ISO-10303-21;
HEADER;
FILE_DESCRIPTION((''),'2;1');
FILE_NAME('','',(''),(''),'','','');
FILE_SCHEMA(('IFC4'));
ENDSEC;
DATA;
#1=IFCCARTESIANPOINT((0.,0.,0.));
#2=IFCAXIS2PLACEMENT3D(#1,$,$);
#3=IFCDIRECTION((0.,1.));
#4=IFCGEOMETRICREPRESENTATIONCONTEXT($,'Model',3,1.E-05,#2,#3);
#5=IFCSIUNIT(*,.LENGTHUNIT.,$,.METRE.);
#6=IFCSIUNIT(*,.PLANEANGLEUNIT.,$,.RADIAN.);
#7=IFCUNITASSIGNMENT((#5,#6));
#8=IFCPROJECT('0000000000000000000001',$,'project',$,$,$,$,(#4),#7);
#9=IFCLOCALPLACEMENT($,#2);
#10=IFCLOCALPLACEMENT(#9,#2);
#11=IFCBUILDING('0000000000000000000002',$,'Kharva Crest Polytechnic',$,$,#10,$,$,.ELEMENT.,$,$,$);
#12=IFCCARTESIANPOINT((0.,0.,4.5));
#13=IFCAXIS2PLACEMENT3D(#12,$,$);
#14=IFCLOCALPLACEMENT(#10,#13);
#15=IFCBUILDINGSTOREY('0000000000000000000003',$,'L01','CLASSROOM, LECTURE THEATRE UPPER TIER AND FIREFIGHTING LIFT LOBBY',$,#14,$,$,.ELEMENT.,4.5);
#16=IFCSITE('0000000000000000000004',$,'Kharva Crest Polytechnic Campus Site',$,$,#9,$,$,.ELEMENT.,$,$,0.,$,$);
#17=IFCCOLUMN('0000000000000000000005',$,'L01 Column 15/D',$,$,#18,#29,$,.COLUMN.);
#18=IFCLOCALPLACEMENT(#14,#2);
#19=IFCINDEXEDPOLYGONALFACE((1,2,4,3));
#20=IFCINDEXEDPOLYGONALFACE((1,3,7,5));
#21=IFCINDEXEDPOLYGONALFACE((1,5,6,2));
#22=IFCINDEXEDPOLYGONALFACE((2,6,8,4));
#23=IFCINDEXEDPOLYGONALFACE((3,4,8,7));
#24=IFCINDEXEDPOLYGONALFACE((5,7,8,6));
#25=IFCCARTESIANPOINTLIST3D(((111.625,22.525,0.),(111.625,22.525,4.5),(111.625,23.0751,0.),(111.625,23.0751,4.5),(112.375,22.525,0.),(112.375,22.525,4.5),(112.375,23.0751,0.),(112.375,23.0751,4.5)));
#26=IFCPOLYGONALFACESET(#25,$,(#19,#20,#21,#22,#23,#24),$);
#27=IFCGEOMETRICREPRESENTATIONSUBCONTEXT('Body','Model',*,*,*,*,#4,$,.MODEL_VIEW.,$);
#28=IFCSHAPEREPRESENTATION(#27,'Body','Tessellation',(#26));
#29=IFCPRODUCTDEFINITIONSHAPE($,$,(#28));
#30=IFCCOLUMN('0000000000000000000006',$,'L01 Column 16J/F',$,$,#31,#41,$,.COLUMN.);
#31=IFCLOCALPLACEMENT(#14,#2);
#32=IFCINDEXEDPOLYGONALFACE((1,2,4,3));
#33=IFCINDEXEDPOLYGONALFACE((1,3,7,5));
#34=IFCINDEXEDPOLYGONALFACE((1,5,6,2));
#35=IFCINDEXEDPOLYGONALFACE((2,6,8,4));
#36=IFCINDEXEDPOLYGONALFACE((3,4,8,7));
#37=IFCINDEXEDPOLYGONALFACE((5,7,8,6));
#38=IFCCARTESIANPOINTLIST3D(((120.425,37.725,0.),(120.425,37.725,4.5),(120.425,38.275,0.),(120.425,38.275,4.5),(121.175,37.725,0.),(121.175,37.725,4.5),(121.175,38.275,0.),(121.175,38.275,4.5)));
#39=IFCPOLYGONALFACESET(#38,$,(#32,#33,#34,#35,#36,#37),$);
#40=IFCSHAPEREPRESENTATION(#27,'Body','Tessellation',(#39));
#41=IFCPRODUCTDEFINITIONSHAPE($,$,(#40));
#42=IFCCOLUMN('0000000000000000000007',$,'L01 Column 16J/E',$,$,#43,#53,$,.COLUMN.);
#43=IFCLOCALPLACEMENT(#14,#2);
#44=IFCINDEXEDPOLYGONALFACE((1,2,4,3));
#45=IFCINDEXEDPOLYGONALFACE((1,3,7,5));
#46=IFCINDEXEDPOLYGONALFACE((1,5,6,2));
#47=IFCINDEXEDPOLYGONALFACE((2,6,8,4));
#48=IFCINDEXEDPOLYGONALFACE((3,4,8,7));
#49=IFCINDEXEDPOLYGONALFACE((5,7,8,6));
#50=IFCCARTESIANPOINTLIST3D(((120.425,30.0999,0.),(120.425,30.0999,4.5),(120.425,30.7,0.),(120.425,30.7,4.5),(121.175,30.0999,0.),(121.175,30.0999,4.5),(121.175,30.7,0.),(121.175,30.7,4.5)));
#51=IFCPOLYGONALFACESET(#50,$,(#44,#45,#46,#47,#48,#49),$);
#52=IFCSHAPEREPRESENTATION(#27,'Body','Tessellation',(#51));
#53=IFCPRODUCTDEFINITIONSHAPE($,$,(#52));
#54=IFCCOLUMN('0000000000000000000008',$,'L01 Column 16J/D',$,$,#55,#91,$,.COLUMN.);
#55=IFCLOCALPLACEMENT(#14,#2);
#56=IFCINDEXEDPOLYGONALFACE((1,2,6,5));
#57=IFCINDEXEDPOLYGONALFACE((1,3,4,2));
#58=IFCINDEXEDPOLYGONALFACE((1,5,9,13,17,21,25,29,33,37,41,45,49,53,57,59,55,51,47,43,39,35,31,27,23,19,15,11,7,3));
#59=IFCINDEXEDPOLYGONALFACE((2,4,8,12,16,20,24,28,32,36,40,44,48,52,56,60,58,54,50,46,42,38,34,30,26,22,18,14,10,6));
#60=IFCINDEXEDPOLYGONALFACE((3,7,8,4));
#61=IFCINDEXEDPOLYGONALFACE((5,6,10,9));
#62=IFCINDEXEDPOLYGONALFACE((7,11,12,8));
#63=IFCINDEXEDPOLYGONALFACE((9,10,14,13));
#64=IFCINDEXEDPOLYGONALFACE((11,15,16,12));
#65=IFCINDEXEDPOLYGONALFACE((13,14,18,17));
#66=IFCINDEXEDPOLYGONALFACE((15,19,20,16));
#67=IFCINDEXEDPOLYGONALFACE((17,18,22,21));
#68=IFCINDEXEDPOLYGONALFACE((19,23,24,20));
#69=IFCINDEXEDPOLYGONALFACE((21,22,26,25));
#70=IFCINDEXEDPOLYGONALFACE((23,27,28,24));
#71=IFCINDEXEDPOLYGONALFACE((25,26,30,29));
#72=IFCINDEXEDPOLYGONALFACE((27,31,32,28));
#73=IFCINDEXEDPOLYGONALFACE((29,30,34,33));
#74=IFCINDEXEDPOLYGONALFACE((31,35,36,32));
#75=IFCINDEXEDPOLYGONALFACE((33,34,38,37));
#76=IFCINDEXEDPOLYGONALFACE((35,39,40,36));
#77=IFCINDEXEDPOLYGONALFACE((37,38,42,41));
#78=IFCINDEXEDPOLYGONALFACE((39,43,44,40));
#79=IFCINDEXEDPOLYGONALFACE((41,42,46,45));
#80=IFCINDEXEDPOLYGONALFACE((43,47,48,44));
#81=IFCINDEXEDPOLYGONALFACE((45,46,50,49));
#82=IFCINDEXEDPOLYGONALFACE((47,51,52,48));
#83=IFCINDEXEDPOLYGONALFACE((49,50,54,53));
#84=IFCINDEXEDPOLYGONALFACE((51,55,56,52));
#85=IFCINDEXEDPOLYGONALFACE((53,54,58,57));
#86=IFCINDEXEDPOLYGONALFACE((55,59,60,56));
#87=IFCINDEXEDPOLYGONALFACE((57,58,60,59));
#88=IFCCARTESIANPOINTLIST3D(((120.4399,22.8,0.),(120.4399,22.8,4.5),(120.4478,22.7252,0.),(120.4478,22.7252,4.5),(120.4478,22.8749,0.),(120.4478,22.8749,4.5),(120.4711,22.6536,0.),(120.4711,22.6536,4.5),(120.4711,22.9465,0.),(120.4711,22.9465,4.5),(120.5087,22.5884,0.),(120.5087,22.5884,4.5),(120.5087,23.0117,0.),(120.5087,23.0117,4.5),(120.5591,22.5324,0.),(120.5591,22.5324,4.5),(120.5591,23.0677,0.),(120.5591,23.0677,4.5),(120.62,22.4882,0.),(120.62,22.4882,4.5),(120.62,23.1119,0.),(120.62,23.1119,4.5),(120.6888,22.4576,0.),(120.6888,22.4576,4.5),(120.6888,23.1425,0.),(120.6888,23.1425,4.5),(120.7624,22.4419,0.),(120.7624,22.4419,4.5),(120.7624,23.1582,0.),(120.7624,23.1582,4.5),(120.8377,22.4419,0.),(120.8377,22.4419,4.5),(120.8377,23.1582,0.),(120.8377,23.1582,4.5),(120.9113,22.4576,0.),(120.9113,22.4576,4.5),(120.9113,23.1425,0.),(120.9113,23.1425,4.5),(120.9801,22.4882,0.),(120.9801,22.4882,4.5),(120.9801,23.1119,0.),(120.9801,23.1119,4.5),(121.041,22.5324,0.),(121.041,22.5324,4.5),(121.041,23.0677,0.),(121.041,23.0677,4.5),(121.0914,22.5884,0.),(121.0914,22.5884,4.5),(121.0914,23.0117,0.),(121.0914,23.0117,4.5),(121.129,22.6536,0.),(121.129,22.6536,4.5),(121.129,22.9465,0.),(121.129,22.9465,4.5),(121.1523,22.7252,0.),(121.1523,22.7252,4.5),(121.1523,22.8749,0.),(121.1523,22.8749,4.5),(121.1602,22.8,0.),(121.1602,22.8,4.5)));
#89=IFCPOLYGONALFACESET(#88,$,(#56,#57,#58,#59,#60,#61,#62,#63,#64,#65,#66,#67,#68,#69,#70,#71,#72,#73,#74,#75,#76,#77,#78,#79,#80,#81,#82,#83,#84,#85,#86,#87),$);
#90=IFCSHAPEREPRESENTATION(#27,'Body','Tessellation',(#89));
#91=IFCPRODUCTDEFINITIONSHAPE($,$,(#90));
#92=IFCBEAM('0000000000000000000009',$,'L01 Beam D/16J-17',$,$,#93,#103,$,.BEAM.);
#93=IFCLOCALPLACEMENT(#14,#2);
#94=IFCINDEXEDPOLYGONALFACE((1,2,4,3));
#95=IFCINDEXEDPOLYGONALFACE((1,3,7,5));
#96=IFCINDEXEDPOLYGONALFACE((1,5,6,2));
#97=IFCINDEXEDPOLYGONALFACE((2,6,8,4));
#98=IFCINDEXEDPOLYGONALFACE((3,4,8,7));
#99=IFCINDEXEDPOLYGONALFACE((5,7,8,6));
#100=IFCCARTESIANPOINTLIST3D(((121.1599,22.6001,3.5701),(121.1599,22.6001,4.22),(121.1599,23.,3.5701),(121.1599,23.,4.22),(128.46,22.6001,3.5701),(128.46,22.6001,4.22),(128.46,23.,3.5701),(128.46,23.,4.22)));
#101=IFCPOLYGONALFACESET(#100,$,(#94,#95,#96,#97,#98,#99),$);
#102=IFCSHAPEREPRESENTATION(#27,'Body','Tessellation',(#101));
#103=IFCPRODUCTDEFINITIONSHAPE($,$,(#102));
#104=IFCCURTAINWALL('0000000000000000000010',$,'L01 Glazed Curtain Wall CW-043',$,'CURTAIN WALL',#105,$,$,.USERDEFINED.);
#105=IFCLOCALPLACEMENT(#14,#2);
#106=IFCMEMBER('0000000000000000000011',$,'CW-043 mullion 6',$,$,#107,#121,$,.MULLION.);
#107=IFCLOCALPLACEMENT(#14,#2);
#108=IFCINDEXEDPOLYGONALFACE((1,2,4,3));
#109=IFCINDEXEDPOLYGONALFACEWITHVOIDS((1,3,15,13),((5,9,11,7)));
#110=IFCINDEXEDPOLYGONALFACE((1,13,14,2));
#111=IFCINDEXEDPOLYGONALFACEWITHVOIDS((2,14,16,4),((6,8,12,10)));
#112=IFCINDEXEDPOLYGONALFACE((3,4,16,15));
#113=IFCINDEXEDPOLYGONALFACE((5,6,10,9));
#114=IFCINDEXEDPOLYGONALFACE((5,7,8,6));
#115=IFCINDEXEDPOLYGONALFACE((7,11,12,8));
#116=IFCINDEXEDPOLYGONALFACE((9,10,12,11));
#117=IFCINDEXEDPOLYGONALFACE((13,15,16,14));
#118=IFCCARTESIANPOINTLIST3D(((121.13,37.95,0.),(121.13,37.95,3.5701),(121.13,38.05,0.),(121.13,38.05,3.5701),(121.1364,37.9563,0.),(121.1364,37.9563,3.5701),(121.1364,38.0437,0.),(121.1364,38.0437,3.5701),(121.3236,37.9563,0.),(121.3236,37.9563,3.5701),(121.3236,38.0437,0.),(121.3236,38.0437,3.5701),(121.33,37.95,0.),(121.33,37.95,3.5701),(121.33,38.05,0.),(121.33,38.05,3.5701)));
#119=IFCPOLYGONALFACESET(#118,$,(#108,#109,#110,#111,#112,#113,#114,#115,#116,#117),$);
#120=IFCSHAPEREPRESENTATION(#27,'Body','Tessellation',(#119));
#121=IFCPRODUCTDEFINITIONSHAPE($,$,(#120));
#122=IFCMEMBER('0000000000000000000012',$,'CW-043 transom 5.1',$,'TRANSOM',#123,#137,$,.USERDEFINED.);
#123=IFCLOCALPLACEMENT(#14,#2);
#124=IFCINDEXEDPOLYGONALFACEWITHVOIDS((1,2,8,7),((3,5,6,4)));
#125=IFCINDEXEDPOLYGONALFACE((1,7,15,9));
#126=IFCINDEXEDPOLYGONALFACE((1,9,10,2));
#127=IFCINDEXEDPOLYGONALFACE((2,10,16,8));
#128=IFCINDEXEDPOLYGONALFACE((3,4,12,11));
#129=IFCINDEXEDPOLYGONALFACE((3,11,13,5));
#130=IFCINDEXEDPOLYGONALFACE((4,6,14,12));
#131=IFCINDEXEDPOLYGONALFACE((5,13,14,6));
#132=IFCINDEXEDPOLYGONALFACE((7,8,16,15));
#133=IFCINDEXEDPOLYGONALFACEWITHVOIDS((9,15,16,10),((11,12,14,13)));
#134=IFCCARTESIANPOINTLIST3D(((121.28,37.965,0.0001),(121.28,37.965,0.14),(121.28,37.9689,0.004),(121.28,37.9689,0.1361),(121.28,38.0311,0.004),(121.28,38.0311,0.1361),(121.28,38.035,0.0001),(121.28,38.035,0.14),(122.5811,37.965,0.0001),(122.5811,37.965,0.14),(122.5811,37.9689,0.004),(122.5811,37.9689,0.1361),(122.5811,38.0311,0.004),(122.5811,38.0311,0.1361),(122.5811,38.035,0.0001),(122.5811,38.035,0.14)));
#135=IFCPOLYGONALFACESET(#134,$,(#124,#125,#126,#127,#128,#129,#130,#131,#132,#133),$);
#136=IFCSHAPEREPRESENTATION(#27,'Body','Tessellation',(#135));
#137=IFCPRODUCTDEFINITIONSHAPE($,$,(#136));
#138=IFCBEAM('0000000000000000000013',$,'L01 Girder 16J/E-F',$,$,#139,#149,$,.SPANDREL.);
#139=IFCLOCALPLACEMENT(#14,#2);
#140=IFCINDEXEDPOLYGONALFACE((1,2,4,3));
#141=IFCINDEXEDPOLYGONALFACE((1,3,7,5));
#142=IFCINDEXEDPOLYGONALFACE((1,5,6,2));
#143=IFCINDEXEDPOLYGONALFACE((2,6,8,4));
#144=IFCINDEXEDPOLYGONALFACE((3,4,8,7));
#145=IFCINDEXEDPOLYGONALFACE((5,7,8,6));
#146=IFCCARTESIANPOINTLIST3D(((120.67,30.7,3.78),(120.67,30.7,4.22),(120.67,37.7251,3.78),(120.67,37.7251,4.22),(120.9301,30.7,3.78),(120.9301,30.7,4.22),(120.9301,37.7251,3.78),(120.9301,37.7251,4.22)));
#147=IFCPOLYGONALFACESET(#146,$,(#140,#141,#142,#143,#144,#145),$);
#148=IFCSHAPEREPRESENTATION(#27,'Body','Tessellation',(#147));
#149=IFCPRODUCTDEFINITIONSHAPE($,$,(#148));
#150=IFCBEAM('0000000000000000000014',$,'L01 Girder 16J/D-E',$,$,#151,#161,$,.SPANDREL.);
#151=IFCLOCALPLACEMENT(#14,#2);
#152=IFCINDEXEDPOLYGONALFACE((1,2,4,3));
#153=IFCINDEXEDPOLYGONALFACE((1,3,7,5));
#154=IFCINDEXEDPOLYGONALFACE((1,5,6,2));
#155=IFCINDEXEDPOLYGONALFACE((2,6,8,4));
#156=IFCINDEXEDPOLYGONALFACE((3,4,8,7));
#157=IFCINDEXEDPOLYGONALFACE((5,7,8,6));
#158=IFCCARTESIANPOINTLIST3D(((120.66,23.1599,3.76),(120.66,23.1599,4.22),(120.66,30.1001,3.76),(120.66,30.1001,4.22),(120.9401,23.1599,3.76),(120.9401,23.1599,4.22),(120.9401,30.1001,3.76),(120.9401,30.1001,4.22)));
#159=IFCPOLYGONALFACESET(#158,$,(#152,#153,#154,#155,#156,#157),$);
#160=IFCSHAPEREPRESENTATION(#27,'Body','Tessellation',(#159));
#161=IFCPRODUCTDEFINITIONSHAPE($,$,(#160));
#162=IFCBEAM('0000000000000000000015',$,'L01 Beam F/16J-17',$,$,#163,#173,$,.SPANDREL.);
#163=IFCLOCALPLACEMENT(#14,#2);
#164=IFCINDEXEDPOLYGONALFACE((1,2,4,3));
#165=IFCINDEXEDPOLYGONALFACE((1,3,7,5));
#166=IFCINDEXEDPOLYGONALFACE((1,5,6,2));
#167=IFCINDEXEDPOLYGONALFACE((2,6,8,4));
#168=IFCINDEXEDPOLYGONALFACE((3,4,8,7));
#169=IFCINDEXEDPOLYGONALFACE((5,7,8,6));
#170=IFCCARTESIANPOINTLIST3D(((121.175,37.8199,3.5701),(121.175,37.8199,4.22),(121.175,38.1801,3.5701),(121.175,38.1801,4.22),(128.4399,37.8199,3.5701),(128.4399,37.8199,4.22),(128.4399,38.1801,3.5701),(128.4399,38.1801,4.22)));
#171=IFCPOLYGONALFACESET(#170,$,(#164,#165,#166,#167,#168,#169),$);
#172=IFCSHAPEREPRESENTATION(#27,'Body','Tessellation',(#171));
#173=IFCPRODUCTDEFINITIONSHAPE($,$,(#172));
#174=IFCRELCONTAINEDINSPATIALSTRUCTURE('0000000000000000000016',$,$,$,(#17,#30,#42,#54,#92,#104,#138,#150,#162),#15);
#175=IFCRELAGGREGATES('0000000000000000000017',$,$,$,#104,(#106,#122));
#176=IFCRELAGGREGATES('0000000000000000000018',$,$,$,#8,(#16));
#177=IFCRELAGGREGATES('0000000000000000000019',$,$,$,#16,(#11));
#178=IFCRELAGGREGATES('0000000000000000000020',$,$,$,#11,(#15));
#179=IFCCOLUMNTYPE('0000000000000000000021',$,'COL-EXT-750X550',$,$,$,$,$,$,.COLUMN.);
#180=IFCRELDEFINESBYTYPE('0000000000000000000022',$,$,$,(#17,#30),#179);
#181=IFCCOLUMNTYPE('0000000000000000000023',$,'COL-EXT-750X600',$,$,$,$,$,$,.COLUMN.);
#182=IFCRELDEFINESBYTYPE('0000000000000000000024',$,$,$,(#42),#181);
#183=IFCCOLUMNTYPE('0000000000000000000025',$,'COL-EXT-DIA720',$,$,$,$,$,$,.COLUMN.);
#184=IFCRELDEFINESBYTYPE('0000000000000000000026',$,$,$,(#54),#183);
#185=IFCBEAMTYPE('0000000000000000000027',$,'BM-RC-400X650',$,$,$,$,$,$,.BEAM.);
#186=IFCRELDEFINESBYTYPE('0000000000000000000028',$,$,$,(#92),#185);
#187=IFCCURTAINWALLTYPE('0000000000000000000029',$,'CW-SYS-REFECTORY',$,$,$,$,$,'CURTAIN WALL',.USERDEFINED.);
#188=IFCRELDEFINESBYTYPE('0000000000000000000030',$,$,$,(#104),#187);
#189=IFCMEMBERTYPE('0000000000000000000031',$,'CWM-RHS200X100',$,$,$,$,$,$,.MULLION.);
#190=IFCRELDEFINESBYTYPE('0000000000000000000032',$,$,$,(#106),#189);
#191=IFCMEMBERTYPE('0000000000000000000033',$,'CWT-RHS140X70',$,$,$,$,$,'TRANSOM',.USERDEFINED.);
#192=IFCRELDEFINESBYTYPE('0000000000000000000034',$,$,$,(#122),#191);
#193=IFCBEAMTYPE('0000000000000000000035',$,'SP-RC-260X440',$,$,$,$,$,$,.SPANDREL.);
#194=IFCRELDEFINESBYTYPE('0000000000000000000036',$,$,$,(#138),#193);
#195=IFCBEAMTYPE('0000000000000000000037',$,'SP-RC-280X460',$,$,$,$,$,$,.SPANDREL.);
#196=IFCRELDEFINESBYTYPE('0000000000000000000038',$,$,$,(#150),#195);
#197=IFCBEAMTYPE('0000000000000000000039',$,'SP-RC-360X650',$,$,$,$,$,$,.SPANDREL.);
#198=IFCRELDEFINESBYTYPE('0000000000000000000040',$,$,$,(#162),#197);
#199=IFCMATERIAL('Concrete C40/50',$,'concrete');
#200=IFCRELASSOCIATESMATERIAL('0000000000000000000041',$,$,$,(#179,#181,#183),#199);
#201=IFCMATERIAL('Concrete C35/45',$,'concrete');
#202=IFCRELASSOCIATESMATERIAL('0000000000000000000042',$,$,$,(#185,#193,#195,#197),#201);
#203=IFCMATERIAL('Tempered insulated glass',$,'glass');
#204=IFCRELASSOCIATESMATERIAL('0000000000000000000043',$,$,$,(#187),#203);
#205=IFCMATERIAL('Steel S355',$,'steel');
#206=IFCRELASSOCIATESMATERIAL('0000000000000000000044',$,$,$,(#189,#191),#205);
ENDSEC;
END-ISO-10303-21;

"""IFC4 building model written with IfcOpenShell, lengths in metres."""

from ifc_helpers import new_model, si_unit, direction, frame, origin, origin_2d, place, context, subcontext, project, spatial, rectangle, hollow_rectangle, circle, extrude, material, material_profile, profile_set, type_object, element, aggregate, save


model = new_model("IFC4")

# Units and contexts
model_context = context("Model", 3, precision=1e-05, world=origin(), true_north=direction((0.0, 1.0)))
body_context = subcontext(model_context, "Body", "Model", "MODEL_VIEW")
ifc_project = project(units=[si_unit("LENGTHUNIT", "METRE"), si_unit("PLANEANGLEUNIT", "RADIAN")], contexts=[model_context])

# Site, building, storey
site_placement = place(None, origin())
site = spatial("IfcSite", under=ifc_project, at=site_placement, Name="Kharva Crest Polytechnic Campus Site", CompositionType="ELEMENT", RefElevation=0.0)
building_placement = place(site_placement, origin())
building = spatial("IfcBuilding", under=site, at=building_placement, Name="Kharva Crest Polytechnic", CompositionType="ELEMENT")
storey_placement = place(building_placement, frame((0.0, 0.0, 4.5)))
storey = spatial("IfcBuildingStorey", under=building, at=storey_placement, Name="L01", Description="CLASSROOM, LECTURE THEATRE UPPER TIER AND FIREFIGHTING LIFT LOBBY", CompositionType="ELEMENT", Elevation=4.5)

# Columns
ifc_material_1 = material(Name="Concrete C40/50", Category="concrete")
ifc_material_profile_1 = material_profile(ifc_material_1, rectangle(XDim=0.75, YDim=0.55, at=origin_2d()), Name="RECT 750 X 550")
ifc_profile_set_1 = profile_set([ifc_material_profile_1], Name="Concrete C40/50")
column_type_1 = type_object("IfcColumnType", Name="COL-EXT-750X550", PredefinedType="COLUMN", material=ifc_profile_set_1)
for number, where, z_axis, x_axis, name in (
    (1, (112.0, 22.8, 0.0), (0.0, 0.0, 1.0), (1.0, 0.0, 0.0), "L01 Column 15/D"),
    (2, (120.8, 38.0, 0.0), (0.0, 0.0, 1.0), (1.0, 0.0, 0.0), "L01 Column 16J/F"),
):
    element("IfcColumn", number, at=place(storey_placement, frame(where, z_axis=z_axis, x_axis=x_axis)), inside=storey, type_object=column_type_1, Name=name, PredefinedType="COLUMN", context=body_context, shape_type="SweptSolid", body=[
        extrude(rectangle(XDim=0.75, YDim=0.55, at=origin_2d()), origin(), (0.0, 0.0, 1.0), 4.5),
    ])
ifc_material_profile_2 = material_profile(ifc_material_1, rectangle(XDim=0.75, YDim=0.6001, at=origin_2d()), Name="RECT 750 X 600")
ifc_profile_set_2 = profile_set([ifc_material_profile_2], Name="Concrete C40/50")
column_type_2 = type_object("IfcColumnType", Name="COL-EXT-750X600", PredefinedType="COLUMN", material=ifc_profile_set_2)
column_1_placement = place(storey_placement, frame((120.8, 30.3999, 0.0), z_axis=(0.0, 0.0, 1.0), x_axis=(1.0, 0.0, 0.0)))
element("IfcColumn", 3, at=column_1_placement, inside=storey, type_object=column_type_2, Name="L01 Column 16J/E", PredefinedType="COLUMN", context=body_context, shape_type="SweptSolid", body=[
    extrude(rectangle(XDim=0.75, YDim=0.6001, at=origin_2d()), origin(), (0.0, 0.0, 1.0), 4.5),
])
ifc_material_profile_3 = material_profile(ifc_material_1, circle(Radius=0.3601, at=origin_2d()), Name="DIA 720")
ifc_profile_set_3 = profile_set([ifc_material_profile_3], Name="Concrete C40/50")
column_type_3 = type_object("IfcColumnType", Name="COL-EXT-DIA720", PredefinedType="COLUMN", material=ifc_profile_set_3)
column_2_placement = place(storey_placement, frame((120.8, 22.8, 0.0), z_axis=(0.0, 0.0, 1.0), x_axis=(1.0, 0.0, 0.0)))
element("IfcColumn", 4, at=column_2_placement, inside=storey, type_object=column_type_3, Name="L01 Column 16J/D", PredefinedType="COLUMN", context=body_context, shape_type="SweptSolid", body=[
    extrude(circle(Radius=0.3601, at=origin_2d()), origin(), (0.0, 0.0, 1.0), 4.5),
])

# Beam
ifc_material_2 = material(Name="Concrete C35/45", Category="concrete")
ifc_material_profile_4 = material_profile(ifc_material_2, rectangle(XDim=0.3999, YDim=0.6499, at=origin_2d()), Name="RECT 400 X 650")
ifc_profile_set_4 = profile_set([ifc_material_profile_4], Name="Concrete C35/45")
beam_type_1 = type_object("IfcBeamType", Name="BM-RC-400X650", PredefinedType="BEAM", material=ifc_profile_set_4)
beam_1_placement = place(storey_placement, frame((121.1599, 22.8, 3.895), z_axis=(1.0, 0.0, 0.0), x_axis=(0.0, 1.0, 0.0)))
element("IfcBeam", 5, at=beam_1_placement, inside=storey, type_object=beam_type_1, Name="L01 Beam D/16J-17", PredefinedType="BEAM", context=body_context, shape_type="SweptSolid", body=[
    extrude(rectangle(XDim=0.3999, YDim=0.6499, at=origin_2d()), origin(), (0.0, 0.0, 1.0), 7.3),
])

# Curtain wall, members
ifc_material_3 = material(Name="Tempered insulated glass", Category="glass")
curtain_wall_type = type_object("IfcCurtainWallType", Name="CW-SYS-REFECTORY", ElementType="CURTAIN WALL", PredefinedType="USERDEFINED", material=ifc_material_3)
curtain_wall_placement = place(storey_placement, origin())
curtain_wall = element("IfcCurtainWall", 6, at=curtain_wall_placement, inside=storey, type_object=curtain_wall_type, Name="L01 Glazed Curtain Wall CW-043", ObjectType="CURTAIN WALL", PredefinedType="USERDEFINED")
ifc_material_4 = material(Name="Steel S355", Category="steel")
ifc_material_profile_5 = material_profile(ifc_material_4, hollow_rectangle(XDim=0.1001, YDim=0.2, WallThickness=0.0063, at=origin_2d()), Name="RHS 200X100X6.3")
ifc_profile_set_5 = profile_set([ifc_material_profile_5], Name="Steel S355")
member_type_1 = type_object("IfcMemberType", Name="CWM-RHS200X100", PredefinedType="MULLION", material=ifc_profile_set_5)
member_1_placement = place(storey_placement, frame((121.23, 38.0, 0.0), z_axis=(0.0, 0.0, 1.0), x_axis=(0.0, -1.0, 0.0)))
member_1 = element("IfcMember", 7, at=member_1_placement, type_object=member_type_1, Name="CW-043 mullion 6", PredefinedType="MULLION", context=body_context, shape_type="SweptSolid", body=[
    extrude(hollow_rectangle(XDim=0.1001, YDim=0.2, WallThickness=0.0063, at=origin_2d()), origin(), (0.0, 0.0, 1.0), 3.5701),
])
ifc_material_profile_6 = material_profile(ifc_material_4, hollow_rectangle(XDim=0.0701, YDim=0.1399, WallThickness=0.0039, at=origin_2d()), Name="RHS 140X70X4.0")
ifc_profile_set_6 = profile_set([ifc_material_profile_6], Name="Steel S355")
member_type_2 = type_object("IfcMemberType", Name="CWT-RHS140X70", ElementType="TRANSOM", PredefinedType="USERDEFINED", material=ifc_profile_set_6)
member_2_placement = place(storey_placement, frame((122.5811, 38.0, 0.0701), z_axis=(-1.0, 0.0, 0.0), x_axis=(0.0, -1.0, 0.0)))
member_2 = element("IfcMember", 8, at=member_2_placement, type_object=member_type_2, Name="CW-043 transom 5.1", ObjectType="TRANSOM", PredefinedType="USERDEFINED", context=body_context, shape_type="SweptSolid", body=[
    extrude(hollow_rectangle(XDim=0.0701, YDim=0.1399, WallThickness=0.0039, at=origin_2d()), origin(), (0.0, 0.0, 1.0), 1.301),
])

# Beams
ifc_material_profile_7 = material_profile(ifc_material_2, rectangle(XDim=0.26, YDim=0.4399, at=origin_2d()), Name="RECT 260 X 440")
ifc_profile_set_7 = profile_set([ifc_material_profile_7], Name="Concrete C35/45")
beam_type_2 = type_object("IfcBeamType", Name="SP-RC-260X440", PredefinedType="SPANDREL", material=ifc_profile_set_7)
beam_2_placement = place(storey_placement, frame((120.8, 30.7, 4.0), z_axis=(0.0, 1.0, 0.0), x_axis=(-1.0, 0.0, 0.0)))
element("IfcBeam", 9, at=beam_2_placement, inside=storey, type_object=beam_type_2, Name="L01 Girder 16J/E-F", PredefinedType="SPANDREL", context=body_context, shape_type="SweptSolid", body=[
    extrude(rectangle(XDim=0.26, YDim=0.4399, at=origin_2d()), origin(), (0.0, 0.0, 1.0), 7.0251),
])
ifc_material_profile_8 = material_profile(ifc_material_2, rectangle(XDim=0.28, YDim=0.46, at=origin_2d()), Name="RECT 280 X 460")
ifc_profile_set_8 = profile_set([ifc_material_profile_8], Name="Concrete C35/45")
beam_type_3 = type_object("IfcBeamType", Name="SP-RC-280X460", PredefinedType="SPANDREL", material=ifc_profile_set_8)
beam_3_placement = place(storey_placement, frame((120.8, 23.1599, 3.99), z_axis=(0.0, 1.0, 0.0), x_axis=(-1.0, 0.0, 0.0)))
element("IfcBeam", 10, at=beam_3_placement, inside=storey, type_object=beam_type_3, Name="L01 Girder 16J/D-E", PredefinedType="SPANDREL", context=body_context, shape_type="SweptSolid", body=[
    extrude(rectangle(XDim=0.28, YDim=0.46, at=origin_2d()), origin(), (0.0, 0.0, 1.0), 6.9402),
])
ifc_material_profile_9 = material_profile(ifc_material_2, rectangle(XDim=0.3601, YDim=0.6499, at=origin_2d()), Name="RECT 360 X 650")
ifc_profile_set_9 = profile_set([ifc_material_profile_9], Name="Concrete C35/45")
beam_type_4 = type_object("IfcBeamType", Name="SP-RC-360X650", PredefinedType="SPANDREL", material=ifc_profile_set_9)
beam_4_placement = place(storey_placement, frame((121.175, 38.0, 3.895), z_axis=(1.0, 0.0, 0.0), x_axis=(0.0, 1.0, 0.0)))
element("IfcBeam", 11, at=beam_4_placement, inside=storey, type_object=beam_type_4, Name="L01 Beam F/16J-17", PredefinedType="SPANDREL", context=body_context, shape_type="SweptSolid", body=[
    extrude(rectangle(XDim=0.3601, YDim=0.6499, at=origin_2d()), origin(), (0.0, 0.0, 1.0), 7.2649),
])

aggregate(curtain_wall, [member_1, member_2])

save(model, "model.ifc")
